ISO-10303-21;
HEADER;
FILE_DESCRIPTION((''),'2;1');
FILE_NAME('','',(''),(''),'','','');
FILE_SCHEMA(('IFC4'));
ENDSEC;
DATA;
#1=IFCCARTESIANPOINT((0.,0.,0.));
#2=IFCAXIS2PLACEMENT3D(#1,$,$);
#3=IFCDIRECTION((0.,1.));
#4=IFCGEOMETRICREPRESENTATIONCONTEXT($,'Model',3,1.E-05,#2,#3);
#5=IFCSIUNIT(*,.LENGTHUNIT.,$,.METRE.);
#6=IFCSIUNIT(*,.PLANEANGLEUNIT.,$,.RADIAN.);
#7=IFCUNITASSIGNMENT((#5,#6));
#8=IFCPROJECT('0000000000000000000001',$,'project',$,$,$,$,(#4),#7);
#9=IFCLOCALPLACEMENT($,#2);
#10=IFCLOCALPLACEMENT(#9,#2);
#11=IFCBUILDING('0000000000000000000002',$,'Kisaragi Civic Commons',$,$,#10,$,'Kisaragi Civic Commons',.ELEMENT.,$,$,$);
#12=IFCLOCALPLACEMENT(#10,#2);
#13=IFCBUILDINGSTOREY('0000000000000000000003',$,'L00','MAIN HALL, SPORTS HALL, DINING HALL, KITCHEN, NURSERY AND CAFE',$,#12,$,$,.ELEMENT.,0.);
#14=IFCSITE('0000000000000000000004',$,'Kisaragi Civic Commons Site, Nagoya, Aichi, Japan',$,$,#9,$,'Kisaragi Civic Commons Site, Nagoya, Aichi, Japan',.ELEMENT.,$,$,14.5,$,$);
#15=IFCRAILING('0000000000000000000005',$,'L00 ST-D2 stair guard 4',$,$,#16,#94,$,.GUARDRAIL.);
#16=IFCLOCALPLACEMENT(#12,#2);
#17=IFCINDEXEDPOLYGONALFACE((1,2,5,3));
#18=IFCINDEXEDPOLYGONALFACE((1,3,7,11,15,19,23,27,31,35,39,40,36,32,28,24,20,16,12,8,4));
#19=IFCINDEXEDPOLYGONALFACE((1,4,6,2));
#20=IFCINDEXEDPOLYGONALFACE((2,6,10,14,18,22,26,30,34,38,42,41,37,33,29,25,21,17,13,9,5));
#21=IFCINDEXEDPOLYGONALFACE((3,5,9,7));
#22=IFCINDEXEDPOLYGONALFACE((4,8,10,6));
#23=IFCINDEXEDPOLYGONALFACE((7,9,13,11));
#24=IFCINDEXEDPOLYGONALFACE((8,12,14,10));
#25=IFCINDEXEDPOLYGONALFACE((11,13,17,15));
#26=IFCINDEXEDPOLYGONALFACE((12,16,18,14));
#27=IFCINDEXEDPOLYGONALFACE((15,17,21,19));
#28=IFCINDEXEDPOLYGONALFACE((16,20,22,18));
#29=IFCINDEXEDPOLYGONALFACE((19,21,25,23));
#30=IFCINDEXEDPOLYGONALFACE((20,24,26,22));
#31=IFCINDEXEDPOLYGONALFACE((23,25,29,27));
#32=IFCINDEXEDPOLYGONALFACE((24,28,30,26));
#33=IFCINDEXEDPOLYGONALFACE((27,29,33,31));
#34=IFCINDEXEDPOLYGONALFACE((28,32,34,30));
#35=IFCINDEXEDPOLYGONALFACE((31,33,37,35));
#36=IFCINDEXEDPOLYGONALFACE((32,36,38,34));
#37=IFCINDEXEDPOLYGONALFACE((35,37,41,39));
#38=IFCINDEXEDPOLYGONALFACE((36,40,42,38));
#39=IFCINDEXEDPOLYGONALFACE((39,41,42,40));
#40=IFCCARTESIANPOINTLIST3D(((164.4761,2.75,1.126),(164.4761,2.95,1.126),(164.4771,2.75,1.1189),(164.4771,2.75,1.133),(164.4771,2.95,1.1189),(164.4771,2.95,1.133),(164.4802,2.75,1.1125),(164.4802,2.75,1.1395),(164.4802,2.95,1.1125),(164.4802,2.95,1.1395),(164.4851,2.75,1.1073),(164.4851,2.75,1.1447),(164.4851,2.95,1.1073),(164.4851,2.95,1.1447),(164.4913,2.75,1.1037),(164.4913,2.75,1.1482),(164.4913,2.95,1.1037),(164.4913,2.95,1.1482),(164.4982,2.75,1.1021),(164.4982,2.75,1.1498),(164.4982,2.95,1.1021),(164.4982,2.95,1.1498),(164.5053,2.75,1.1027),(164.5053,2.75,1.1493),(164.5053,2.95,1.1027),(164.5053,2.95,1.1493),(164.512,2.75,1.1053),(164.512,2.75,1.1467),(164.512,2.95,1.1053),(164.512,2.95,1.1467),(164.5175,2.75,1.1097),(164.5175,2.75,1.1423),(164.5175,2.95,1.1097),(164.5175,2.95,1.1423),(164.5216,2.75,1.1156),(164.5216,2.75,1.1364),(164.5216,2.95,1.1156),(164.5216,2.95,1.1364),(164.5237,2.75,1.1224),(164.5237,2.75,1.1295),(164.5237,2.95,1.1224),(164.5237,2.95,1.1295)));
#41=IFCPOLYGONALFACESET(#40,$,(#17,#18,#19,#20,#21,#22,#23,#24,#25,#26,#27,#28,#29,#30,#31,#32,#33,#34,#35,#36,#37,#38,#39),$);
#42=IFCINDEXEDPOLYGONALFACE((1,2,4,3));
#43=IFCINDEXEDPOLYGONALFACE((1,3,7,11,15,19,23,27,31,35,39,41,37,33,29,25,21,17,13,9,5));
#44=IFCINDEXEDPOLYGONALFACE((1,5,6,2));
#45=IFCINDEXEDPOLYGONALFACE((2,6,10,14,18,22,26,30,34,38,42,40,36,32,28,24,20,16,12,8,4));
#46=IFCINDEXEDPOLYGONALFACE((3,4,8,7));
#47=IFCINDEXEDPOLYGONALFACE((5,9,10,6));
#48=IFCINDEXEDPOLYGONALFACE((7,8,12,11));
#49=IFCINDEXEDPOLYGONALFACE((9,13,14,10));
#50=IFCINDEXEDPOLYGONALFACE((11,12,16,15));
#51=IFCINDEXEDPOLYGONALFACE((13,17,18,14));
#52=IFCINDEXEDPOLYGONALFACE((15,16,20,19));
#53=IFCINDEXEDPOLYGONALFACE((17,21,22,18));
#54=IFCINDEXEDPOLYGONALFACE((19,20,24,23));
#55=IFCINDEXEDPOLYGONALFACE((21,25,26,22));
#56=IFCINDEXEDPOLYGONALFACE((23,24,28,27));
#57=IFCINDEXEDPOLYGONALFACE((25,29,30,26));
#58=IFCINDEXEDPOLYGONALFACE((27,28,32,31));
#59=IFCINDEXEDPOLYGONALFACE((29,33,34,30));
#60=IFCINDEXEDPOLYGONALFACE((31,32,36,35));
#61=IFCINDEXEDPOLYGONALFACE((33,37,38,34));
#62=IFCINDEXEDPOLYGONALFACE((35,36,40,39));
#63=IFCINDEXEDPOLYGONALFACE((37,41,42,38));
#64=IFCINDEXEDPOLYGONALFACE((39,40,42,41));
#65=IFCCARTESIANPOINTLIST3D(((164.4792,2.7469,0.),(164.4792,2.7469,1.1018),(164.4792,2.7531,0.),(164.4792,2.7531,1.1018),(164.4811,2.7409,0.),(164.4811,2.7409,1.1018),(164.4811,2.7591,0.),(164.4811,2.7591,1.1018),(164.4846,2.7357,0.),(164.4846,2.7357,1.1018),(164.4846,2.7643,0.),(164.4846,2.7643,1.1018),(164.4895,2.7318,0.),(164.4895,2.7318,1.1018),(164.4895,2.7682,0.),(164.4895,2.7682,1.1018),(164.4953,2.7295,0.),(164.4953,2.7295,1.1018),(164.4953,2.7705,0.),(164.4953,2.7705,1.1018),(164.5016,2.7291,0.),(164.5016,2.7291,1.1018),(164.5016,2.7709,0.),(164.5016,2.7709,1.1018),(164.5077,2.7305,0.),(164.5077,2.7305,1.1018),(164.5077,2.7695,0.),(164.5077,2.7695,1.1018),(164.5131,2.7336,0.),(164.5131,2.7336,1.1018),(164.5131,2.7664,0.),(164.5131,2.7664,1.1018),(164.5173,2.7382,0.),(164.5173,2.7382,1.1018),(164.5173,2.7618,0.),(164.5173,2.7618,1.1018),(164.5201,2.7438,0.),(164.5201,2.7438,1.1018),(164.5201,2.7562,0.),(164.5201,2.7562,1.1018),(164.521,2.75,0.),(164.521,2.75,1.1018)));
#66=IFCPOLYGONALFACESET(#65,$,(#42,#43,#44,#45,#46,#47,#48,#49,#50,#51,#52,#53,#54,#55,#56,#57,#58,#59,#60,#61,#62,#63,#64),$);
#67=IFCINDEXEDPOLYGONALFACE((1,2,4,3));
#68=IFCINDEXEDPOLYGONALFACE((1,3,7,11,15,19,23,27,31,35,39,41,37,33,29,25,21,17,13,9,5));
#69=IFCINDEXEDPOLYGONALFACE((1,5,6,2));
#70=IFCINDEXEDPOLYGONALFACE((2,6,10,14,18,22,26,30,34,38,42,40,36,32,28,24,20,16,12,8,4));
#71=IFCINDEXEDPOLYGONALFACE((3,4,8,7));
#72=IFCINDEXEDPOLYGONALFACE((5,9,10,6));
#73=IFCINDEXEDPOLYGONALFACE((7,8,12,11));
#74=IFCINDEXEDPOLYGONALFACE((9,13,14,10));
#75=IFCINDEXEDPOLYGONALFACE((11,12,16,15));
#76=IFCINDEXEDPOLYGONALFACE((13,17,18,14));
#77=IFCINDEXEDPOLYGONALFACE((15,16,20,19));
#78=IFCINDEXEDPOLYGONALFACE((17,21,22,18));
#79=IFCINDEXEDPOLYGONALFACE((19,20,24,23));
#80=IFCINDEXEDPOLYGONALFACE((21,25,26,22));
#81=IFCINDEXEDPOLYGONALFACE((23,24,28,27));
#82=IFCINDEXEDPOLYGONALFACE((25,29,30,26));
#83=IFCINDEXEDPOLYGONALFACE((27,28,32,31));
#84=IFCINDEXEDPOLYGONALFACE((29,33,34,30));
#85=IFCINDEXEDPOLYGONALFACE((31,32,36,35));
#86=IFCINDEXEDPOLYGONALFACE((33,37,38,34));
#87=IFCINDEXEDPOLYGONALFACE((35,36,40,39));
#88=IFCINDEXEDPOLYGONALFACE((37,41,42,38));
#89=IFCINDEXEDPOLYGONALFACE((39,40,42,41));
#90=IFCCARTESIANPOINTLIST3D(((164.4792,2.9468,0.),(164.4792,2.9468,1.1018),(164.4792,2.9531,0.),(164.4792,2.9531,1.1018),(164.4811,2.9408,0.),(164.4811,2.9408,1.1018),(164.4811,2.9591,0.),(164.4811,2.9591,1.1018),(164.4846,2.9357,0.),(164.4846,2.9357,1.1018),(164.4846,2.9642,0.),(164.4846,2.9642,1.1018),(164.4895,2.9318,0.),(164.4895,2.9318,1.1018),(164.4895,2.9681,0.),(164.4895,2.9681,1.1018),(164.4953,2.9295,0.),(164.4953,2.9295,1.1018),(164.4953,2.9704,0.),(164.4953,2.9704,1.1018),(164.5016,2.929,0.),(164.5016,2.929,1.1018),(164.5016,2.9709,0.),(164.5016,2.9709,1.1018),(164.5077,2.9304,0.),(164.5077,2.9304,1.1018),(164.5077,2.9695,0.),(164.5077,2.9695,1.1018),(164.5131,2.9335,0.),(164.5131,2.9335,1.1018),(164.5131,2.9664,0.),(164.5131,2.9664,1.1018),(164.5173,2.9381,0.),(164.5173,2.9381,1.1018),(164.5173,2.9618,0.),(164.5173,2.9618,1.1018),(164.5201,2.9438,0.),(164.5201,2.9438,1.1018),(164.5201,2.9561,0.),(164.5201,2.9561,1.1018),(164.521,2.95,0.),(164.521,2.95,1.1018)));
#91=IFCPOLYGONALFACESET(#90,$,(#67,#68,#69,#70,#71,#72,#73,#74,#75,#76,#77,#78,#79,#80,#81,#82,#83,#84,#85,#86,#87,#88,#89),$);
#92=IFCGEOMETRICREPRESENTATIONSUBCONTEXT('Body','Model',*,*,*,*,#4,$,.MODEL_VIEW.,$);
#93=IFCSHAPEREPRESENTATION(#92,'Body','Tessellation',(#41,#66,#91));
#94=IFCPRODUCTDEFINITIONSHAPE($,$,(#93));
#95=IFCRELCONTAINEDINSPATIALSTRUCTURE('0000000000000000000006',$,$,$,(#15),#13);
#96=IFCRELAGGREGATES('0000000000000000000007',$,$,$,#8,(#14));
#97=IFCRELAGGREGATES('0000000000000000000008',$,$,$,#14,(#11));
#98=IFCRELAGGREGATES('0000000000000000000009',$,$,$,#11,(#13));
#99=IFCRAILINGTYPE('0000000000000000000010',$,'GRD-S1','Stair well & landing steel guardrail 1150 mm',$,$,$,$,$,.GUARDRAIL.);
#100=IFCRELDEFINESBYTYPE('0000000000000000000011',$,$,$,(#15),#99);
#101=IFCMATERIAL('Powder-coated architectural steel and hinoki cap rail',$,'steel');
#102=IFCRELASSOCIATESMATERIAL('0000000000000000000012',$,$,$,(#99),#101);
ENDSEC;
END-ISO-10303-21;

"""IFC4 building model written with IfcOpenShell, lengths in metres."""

from ifc_helpers import new_model, si_unit, direction, frame, origin, origin_2d, place, context, subcontext, project, spatial, circle, extrude, material, type_object, element, save


model = new_model("IFC4")

# Units and contexts
model_context = context("Model", 3, precision=1e-05, world=origin(), true_north=direction((0.0, 1.0)))
body_context = subcontext(model_context, "Body", "Model", "MODEL_VIEW")
ifc_project = project(units=[si_unit("LENGTHUNIT", "METRE"), si_unit("PLANEANGLEUNIT", "RADIAN")], contexts=[model_context])

# Site, building, storey
site_placement = place(None, origin())
site = spatial("IfcSite", under=ifc_project, at=site_placement, Name="Kisaragi Civic Commons Site, Nagoya, Aichi, Japan", LongName="Kisaragi Civic Commons Site, Nagoya, Aichi, Japan", CompositionType="ELEMENT", RefElevation=14.5)
building_placement = place(site_placement, origin())
building = spatial("IfcBuilding", under=site, at=building_placement, Name="Kisaragi Civic Commons", LongName="Kisaragi Civic Commons", CompositionType="ELEMENT")
storey_placement = place(building_placement, origin())
storey = spatial("IfcBuildingStorey", under=building, at=storey_placement, Name="L00", Description="MAIN HALL, SPORTS HALL, DINING HALL, KITCHEN, NURSERY AND CAFE", CompositionType="ELEMENT", Elevation=0.0)

# Railing
ifc_material_1 = material(Name="Powder-coated architectural steel and hinoki cap rail", Category="steel")
railing_type_1 = type_object("IfcRailingType", Name="GRD-S1", Description="Stair well & landing steel guardrail 1150 mm", PredefinedType="GUARDRAIL", material=ifc_material_1)
railing_1_placement = place(storey_placement, frame((164.5, 2.75, 0.0)))
element("IfcRailing", 1, at=railing_1_placement, inside=storey, type_object=railing_type_1, Name="L00 ST-D2 stair guard 4", PredefinedType="GUARDRAIL", context=body_context, shape_type="SweptSolid", body=[
    extrude(circle(Radius=0.0239, at=origin_2d()), frame((0.0, 0.0, 1.126), z_axis=(0.0, 1.0, 0.0), x_axis=(-1.0, 0.0, 0.0)), (0.0, 0.0, 1.0), 0.2),
    extrude(circle(Radius=0.021, at=origin_2d()), origin(), (0.0, 0.0, 1.0), 1.1018),
    extrude(circle(Radius=0.021, at=origin_2d()), frame((0.0, 0.2, 0.0)), (0.0, 0.0, 1.0), 1.1018),
])

save(model, "model.ifc")
